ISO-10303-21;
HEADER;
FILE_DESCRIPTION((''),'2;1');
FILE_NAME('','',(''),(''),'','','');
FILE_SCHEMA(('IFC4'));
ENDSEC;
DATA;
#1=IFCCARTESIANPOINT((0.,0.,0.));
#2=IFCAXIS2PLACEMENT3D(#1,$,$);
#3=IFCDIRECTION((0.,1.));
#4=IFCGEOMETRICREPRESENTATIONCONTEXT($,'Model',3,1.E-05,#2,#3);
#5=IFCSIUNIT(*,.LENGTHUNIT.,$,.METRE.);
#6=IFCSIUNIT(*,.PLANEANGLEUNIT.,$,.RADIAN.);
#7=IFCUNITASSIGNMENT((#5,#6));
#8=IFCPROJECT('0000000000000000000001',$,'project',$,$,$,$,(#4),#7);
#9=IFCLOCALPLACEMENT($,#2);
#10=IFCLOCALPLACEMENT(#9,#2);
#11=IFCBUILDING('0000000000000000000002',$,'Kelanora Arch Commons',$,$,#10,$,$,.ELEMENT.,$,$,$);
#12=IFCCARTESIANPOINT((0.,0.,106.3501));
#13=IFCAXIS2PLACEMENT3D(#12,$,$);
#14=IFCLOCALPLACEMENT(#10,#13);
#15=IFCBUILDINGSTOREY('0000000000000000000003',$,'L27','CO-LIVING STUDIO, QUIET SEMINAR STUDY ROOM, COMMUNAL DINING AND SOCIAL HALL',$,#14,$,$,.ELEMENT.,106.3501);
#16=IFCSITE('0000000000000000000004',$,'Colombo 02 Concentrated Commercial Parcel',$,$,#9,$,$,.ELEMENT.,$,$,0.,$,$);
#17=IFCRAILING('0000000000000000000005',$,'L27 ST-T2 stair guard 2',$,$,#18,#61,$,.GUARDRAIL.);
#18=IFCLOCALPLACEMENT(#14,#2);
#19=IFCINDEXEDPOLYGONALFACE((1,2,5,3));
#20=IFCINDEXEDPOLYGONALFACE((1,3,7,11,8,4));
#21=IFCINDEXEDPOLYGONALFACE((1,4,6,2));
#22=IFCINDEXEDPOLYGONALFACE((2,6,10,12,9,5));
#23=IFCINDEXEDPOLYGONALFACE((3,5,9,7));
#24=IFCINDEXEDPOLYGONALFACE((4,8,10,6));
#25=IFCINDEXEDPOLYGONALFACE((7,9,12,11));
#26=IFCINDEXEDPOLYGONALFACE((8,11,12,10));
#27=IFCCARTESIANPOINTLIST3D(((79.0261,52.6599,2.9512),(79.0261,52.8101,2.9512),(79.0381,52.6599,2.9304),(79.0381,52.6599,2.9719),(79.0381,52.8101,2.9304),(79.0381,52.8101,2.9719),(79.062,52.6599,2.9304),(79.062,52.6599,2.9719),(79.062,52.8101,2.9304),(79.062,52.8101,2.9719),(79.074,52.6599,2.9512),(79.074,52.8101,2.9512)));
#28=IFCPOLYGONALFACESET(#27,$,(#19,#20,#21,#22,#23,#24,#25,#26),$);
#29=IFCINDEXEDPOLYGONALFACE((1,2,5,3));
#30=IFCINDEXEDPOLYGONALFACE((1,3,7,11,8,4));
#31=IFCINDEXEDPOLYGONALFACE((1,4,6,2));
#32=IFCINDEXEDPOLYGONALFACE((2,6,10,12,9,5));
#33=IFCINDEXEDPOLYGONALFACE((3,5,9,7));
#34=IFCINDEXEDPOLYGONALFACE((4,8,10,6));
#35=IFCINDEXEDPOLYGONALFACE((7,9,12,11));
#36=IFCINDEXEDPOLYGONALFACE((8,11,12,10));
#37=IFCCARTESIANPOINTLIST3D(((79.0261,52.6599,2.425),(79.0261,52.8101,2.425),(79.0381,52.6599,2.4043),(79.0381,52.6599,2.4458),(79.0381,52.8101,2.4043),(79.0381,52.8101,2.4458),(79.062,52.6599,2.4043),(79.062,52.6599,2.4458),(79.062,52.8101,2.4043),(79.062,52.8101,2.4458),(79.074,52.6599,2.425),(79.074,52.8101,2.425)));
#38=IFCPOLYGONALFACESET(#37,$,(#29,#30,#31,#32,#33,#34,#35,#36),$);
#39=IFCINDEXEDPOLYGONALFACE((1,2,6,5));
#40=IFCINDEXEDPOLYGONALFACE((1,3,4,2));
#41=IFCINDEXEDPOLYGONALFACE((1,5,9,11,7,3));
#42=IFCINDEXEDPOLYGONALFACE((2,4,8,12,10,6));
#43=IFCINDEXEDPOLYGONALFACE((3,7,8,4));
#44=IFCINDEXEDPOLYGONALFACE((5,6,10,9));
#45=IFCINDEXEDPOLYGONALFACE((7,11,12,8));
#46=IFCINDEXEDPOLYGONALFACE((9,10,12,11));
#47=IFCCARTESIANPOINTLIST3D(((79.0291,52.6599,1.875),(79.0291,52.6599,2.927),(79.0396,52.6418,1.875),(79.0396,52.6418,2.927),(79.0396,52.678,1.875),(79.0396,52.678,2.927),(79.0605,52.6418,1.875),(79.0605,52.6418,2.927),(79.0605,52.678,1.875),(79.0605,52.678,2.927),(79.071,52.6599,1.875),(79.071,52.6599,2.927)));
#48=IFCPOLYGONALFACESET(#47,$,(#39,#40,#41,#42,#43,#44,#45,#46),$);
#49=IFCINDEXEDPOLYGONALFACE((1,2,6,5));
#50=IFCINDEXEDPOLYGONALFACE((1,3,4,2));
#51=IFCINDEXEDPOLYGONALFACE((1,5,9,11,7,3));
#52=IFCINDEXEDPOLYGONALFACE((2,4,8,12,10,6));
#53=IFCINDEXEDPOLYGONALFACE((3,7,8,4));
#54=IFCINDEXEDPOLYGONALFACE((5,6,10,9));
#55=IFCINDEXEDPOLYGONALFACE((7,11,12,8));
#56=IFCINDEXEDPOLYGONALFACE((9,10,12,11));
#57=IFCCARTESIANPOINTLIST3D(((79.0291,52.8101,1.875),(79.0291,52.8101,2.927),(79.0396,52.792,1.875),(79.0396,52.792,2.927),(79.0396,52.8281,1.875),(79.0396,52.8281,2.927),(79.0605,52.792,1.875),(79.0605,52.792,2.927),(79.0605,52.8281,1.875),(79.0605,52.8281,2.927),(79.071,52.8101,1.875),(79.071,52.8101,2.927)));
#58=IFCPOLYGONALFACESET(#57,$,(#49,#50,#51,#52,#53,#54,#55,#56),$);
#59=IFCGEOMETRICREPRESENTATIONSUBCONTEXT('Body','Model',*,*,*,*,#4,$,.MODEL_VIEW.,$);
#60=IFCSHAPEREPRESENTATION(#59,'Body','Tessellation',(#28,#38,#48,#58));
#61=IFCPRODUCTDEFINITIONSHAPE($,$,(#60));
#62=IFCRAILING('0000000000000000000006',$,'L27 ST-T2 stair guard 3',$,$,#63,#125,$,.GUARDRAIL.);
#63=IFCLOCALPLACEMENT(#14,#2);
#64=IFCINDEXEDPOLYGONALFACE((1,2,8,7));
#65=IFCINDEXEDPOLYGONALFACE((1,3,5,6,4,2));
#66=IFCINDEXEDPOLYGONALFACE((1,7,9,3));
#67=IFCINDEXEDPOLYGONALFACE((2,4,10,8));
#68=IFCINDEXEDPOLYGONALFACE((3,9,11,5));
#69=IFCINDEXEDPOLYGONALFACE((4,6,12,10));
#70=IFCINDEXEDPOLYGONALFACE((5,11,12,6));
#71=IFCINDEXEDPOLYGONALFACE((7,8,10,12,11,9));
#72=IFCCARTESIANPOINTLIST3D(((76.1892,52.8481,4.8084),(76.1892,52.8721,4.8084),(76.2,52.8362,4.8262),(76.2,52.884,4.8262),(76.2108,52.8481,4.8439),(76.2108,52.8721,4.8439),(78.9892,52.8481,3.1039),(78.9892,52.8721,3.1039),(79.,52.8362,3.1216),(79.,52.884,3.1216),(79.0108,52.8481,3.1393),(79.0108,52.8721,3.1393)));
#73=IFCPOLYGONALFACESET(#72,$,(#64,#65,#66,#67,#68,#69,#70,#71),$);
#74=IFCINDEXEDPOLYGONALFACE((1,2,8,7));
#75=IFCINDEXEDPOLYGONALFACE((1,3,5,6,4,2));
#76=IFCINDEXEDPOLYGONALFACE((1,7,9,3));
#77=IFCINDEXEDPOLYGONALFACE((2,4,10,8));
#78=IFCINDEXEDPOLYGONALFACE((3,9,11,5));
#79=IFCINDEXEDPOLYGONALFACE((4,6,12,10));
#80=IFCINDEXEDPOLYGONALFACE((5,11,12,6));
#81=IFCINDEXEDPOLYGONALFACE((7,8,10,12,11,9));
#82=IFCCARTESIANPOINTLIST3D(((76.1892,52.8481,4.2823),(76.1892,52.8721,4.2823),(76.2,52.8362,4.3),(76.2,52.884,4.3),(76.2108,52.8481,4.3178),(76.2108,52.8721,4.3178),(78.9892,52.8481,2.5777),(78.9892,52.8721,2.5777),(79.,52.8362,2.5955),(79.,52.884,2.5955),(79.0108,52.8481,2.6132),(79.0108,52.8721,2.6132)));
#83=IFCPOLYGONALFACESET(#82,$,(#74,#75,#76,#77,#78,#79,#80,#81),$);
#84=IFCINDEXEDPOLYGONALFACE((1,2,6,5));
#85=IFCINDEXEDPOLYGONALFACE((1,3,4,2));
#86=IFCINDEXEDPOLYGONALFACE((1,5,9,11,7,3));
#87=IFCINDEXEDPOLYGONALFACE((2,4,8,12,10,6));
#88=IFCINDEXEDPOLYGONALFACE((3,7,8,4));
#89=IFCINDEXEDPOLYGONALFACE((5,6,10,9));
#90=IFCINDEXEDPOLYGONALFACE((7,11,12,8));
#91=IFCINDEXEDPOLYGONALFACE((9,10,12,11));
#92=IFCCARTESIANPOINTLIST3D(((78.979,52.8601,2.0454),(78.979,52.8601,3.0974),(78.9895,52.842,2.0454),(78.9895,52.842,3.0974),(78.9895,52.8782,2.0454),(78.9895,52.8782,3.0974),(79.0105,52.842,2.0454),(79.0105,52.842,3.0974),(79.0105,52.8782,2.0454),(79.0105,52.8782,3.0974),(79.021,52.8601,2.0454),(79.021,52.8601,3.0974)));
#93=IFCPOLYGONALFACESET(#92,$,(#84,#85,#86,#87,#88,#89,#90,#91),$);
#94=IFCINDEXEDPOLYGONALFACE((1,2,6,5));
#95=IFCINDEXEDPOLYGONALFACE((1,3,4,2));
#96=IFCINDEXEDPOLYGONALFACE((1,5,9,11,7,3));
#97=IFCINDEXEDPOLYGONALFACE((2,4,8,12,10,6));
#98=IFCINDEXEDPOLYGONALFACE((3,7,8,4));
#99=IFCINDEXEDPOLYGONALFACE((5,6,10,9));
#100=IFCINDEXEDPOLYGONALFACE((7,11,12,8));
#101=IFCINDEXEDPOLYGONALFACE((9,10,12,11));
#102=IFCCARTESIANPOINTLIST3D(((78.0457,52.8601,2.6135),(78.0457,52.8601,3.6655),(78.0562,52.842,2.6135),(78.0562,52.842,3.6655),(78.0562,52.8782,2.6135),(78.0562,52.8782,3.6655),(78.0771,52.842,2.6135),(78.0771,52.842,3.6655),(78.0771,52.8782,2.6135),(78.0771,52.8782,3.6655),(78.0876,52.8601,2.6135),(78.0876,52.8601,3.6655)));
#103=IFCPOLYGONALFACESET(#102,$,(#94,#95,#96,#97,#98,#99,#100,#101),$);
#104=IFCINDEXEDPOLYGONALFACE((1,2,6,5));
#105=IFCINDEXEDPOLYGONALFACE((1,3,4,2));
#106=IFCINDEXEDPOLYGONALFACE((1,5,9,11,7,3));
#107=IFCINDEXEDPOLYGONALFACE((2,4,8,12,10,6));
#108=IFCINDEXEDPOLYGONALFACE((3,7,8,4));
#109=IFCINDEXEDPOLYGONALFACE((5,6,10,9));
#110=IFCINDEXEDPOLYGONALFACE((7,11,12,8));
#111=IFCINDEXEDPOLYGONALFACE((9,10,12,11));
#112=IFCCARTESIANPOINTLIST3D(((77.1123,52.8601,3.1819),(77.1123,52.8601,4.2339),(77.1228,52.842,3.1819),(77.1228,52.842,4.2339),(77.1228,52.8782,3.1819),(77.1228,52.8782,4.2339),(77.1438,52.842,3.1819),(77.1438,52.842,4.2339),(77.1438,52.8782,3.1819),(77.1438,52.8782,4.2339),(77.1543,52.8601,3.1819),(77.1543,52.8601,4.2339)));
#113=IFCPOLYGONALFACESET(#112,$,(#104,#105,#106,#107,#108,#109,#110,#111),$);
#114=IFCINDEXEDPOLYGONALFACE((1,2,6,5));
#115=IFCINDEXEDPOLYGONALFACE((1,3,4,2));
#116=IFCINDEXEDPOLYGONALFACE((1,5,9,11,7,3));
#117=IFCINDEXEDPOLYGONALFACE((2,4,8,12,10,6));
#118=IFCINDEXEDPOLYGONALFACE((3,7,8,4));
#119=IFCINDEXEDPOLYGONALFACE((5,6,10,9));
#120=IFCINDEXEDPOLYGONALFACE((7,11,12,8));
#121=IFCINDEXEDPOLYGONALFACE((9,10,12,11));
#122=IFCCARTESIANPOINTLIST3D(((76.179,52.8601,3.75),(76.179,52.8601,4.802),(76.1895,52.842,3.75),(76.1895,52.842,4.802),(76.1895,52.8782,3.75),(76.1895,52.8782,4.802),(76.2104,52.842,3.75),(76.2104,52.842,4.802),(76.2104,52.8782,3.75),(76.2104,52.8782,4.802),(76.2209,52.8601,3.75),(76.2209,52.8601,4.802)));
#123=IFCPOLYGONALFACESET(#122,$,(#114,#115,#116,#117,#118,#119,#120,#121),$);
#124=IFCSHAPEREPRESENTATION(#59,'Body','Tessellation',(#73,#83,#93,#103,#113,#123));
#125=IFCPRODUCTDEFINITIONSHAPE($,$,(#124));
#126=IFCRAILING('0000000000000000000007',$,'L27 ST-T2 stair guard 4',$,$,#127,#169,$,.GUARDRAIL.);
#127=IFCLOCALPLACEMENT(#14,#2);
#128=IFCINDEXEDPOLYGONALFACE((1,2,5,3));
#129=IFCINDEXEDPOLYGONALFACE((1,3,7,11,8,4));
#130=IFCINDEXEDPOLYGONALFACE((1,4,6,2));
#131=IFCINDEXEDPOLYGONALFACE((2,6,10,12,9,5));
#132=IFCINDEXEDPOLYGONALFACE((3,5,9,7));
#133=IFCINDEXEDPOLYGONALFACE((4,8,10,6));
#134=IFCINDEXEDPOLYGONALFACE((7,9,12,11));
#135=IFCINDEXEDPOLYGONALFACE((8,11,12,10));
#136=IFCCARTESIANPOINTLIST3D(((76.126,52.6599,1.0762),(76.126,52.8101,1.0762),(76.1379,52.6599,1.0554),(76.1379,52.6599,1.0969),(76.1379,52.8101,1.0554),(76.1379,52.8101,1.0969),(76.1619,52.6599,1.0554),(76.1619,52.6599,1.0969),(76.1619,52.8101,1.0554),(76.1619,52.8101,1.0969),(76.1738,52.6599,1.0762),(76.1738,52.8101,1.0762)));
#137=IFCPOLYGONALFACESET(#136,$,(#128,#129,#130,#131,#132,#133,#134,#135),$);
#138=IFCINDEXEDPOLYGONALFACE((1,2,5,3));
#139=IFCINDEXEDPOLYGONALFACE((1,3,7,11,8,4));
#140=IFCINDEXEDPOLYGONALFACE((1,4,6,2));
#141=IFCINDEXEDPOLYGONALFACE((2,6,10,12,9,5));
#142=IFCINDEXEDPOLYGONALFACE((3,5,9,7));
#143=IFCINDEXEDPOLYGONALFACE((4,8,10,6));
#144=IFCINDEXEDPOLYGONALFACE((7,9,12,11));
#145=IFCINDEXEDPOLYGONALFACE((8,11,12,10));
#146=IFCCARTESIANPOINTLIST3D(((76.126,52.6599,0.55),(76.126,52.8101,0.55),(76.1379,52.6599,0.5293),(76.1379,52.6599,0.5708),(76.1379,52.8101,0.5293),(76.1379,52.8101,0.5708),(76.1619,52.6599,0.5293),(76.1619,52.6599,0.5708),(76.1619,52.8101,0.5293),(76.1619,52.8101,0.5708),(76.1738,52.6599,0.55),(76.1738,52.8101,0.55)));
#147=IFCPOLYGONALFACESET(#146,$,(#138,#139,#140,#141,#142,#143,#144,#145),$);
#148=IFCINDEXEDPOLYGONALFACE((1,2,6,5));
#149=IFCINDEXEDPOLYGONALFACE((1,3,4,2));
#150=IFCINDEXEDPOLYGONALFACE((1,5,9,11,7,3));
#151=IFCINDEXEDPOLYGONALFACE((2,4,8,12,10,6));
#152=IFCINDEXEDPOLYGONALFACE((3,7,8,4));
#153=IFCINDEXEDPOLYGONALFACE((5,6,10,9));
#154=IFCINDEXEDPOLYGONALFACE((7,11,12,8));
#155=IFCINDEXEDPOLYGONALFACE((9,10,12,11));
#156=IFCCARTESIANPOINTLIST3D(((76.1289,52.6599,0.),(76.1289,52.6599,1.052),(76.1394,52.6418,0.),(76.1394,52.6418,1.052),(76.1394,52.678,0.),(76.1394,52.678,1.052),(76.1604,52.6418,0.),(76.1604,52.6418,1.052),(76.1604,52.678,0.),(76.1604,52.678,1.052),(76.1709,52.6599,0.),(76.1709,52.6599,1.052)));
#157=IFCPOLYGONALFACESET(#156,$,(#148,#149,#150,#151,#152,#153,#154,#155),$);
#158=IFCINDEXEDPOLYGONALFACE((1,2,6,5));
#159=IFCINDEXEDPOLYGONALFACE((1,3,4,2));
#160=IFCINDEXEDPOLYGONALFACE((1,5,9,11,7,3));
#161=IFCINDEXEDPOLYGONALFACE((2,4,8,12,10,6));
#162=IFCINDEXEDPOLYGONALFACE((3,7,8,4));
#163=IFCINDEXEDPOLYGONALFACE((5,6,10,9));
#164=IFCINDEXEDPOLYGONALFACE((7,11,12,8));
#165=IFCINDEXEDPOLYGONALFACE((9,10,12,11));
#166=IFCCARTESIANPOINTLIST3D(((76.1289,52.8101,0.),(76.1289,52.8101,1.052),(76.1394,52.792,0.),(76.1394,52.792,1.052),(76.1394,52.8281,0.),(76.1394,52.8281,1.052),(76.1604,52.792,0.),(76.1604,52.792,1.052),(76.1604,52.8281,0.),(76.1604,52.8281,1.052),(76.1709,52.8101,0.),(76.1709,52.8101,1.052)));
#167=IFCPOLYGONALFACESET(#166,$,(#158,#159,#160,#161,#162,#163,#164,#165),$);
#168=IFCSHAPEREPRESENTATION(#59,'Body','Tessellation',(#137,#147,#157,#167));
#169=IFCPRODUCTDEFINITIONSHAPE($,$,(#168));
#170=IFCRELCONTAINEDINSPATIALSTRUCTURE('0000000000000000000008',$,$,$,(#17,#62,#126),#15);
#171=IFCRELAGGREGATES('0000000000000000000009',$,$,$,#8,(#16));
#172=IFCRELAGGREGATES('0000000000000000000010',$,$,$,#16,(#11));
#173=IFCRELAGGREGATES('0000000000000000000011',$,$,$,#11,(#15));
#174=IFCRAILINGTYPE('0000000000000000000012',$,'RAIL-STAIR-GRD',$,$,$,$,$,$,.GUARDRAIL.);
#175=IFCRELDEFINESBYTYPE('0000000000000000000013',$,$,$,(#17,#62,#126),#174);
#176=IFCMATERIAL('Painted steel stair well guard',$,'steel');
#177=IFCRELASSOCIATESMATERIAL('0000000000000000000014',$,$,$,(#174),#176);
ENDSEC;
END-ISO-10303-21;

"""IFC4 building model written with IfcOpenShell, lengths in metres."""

from ifc_helpers import new_model, si_unit, direction, frame, origin, place, context, subcontext, project, spatial, polyline, outline, extrude, material, type_object, element, save


model = new_model("IFC4")

# Units and contexts
model_context = context("Model", 3, precision=1e-05, world=origin(), true_north=direction((0.0, 1.0)))
body_context = subcontext(model_context, "Body", "Model", "MODEL_VIEW")
ifc_project = project(units=[si_unit("LENGTHUNIT", "METRE"), si_unit("PLANEANGLEUNIT", "RADIAN")], contexts=[model_context])

# Site, building, storey
site_placement = place(None, origin())
site = spatial("IfcSite", under=ifc_project, at=site_placement, Name="Colombo 02 Concentrated Commercial Parcel", CompositionType="ELEMENT", RefElevation=0.0)
building_placement = place(site_placement, origin())
building = spatial("IfcBuilding", under=site, at=building_placement, Name="Kelanora Arch Commons", CompositionType="ELEMENT")
storey_placement = place(building_placement, frame((0.0, 0.0, 106.3501)))
storey = spatial("IfcBuildingStorey", under=building, at=storey_placement, Name="L27", Description="CO-LIVING STUDIO, QUIET SEMINAR STUDY ROOM, COMMUNAL DINING AND SOCIAL HALL", CompositionType="ELEMENT", Elevation=106.3501)

# Railings
ifc_material_1 = material(Name="Painted steel stair well guard", Category="steel")
railing_type_1 = type_object("IfcRailingType", Name="RAIL-STAIR-GRD", PredefinedType="GUARDRAIL", material=ifc_material_1)
railing_1_placement = place(storey_placement, frame((79.05, 52.6599, 1.875)))
element("IfcRailing", 1, at=railing_1_placement, inside=storey, type_object=railing_type_1, Name="L27 ST-T2 stair guard 2", PredefinedType="GUARDRAIL", context=body_context, shape_type="SweptSolid", body=[
    extrude(outline(polyline([(0.0239, 0.0), (0.012, 0.0208), (-0.012, 0.0208), (-0.0239, 0.0), (-0.012, -0.0208), (0.012, -0.0208), (0.0239, 0.0)])), frame((0.0, 0.0, 1.0762), z_axis=(0.0, 1.0, 0.0), x_axis=(-1.0, 0.0, 0.0)), (0.0, 0.0, 1.0), 0.1501),
    extrude(outline(polyline([(0.0239, 0.0), (0.012, 0.0208), (-0.012, 0.0208), (-0.0239, 0.0), (-0.012, -0.0208), (0.012, -0.0208), (0.0239, 0.0)])), frame((0.0, 0.0, 0.55), z_axis=(0.0, 1.0, 0.0), x_axis=(-1.0, 0.0, 0.0)), (0.0, 0.0, 1.0), 0.1501),
    extrude(outline(polyline([(0.021, 0.0), (0.0105, 0.0181), (-0.0105, 0.0181), (-0.021, 0.0), (-0.0105, -0.0181), (0.0105, -0.0181), (0.021, 0.0)])), origin(), (0.0, 0.0, 1.0), 1.052),
    extrude(outline(polyline([(0.021, 0.0), (0.0105, 0.0181), (-0.0105, 0.0181), (-0.021, 0.0), (-0.0105, -0.0181), (0.0105, -0.0181), (0.021, 0.0)])), frame((0.0, 0.1501, 0.0)), (0.0, 0.0, 1.0), 1.052),
])
railing_2_placement = place(storey_placement, frame((79.0, 52.8601, 2.0454)))
element("IfcRailing", 2, at=railing_2_placement, inside=storey, type_object=railing_type_1, Name="L27 ST-T2 stair guard 3", PredefinedType="GUARDRAIL", context=body_context, shape_type="SweptSolid", body=[
    extrude(outline(polyline([(0.0239, 0.0), (0.012, 0.0208), (-0.012, 0.0208), (-0.0239, 0.0), (-0.012, -0.0208), (0.012, -0.0208), (0.0239, 0.0)])), frame((0.0, 0.0, 1.0762), z_axis=(-0.85417, 0.0, 0.519994), x_axis=(0.0, -1.0, 0.0)), (0.0, 0.0, 1.0), 3.2781),
    extrude(outline(polyline([(0.0239, 0.0), (0.012, 0.0208), (-0.012, 0.0208), (-0.0239, 0.0), (-0.012, -0.0208), (0.012, -0.0208), (0.0239, 0.0)])), frame((0.0, 0.0, 0.55), z_axis=(-0.85417, 0.0, 0.519994), x_axis=(0.0, -1.0, 0.0)), (0.0, 0.0, 1.0), 3.2781),
    extrude(outline(polyline([(0.021, 0.0), (0.0105, 0.0181), (-0.0105, 0.0181), (-0.021, 0.0), (-0.0105, -0.0181), (0.0105, -0.0181), (0.021, 0.0)])), origin(), (0.0, 0.0, 1.0), 1.052),
    extrude(outline(polyline([(0.021, 0.0), (0.0105, 0.0181), (-0.0105, 0.0181), (-0.021, 0.0), (-0.0105, -0.0181), (0.0105, -0.0181), (0.021, 0.0)])), frame((-0.9333, 0.0, 0.5681)), (0.0, 0.0, 1.0), 1.052),
    extrude(outline(polyline([(0.021, 0.0), (0.0105, 0.0181), (-0.0105, 0.0181), (-0.021, 0.0), (-0.0105, -0.0181), (0.0105, -0.0181), (0.021, 0.0)])), frame((-1.8667, 0.0, 1.1365)), (0.0, 0.0, 1.0), 1.052),
    extrude(outline(polyline([(0.021, 0.0), (0.0105, 0.0181), (-0.0105, 0.0181), (-0.021, 0.0), (-0.0105, -0.0181), (0.0105, -0.0181), (0.021, 0.0)])), frame((-2.8, 0.0, 1.7046)), (0.0, 0.0, 1.0), 1.052),
])
railing_3_placement = place(storey_placement, frame((76.1499, 52.6599, 0.0)))
element("IfcRailing", 3, at=railing_3_placement, inside=storey, type_object=railing_type_1, Name="L27 ST-T2 stair guard 4", PredefinedType="GUARDRAIL", context=body_context, shape_type="SweptSolid", body=[
    extrude(outline(polyline([(0.0239, 0.0), (0.012, 0.0208), (-0.012, 0.0208), (-0.0239, 0.0), (-0.012, -0.0208), (0.012, -0.0208), (0.0239, 0.0)])), frame((0.0, 0.0, 1.0762), z_axis=(0.0, 1.0, 0.0), x_axis=(-1.0, 0.0, 0.0)), (0.0, 0.0, 1.0), 0.1501),
    extrude(outline(polyline([(0.0239, 0.0), (0.012, 0.0208), (-0.012, 0.0208), (-0.0239, 0.0), (-0.012, -0.0208), (0.012, -0.0208), (0.0239, 0.0)])), frame((0.0, 0.0, 0.55), z_axis=(0.0, 1.0, 0.0), x_axis=(-1.0, 0.0, 0.0)), (0.0, 0.0, 1.0), 0.1501),
    extrude(outline(polyline([(0.021, 0.0), (0.0105, 0.0181), (-0.0105, 0.0181), (-0.021, 0.0), (-0.0105, -0.0181), (0.0105, -0.0181), (0.021, 0.0)])), origin(), (0.0, 0.0, 1.0), 1.052),
    extrude(outline(polyline([(0.021, 0.0), (0.0105, 0.0181), (-0.0105, 0.0181), (-0.021, 0.0), (-0.0105, -0.0181), (0.0105, -0.0181), (0.021, 0.0)])), frame((0.0, 0.1501, 0.0)), (0.0, 0.0, 1.0), 1.052),
])

save(model, "model.ifc")
